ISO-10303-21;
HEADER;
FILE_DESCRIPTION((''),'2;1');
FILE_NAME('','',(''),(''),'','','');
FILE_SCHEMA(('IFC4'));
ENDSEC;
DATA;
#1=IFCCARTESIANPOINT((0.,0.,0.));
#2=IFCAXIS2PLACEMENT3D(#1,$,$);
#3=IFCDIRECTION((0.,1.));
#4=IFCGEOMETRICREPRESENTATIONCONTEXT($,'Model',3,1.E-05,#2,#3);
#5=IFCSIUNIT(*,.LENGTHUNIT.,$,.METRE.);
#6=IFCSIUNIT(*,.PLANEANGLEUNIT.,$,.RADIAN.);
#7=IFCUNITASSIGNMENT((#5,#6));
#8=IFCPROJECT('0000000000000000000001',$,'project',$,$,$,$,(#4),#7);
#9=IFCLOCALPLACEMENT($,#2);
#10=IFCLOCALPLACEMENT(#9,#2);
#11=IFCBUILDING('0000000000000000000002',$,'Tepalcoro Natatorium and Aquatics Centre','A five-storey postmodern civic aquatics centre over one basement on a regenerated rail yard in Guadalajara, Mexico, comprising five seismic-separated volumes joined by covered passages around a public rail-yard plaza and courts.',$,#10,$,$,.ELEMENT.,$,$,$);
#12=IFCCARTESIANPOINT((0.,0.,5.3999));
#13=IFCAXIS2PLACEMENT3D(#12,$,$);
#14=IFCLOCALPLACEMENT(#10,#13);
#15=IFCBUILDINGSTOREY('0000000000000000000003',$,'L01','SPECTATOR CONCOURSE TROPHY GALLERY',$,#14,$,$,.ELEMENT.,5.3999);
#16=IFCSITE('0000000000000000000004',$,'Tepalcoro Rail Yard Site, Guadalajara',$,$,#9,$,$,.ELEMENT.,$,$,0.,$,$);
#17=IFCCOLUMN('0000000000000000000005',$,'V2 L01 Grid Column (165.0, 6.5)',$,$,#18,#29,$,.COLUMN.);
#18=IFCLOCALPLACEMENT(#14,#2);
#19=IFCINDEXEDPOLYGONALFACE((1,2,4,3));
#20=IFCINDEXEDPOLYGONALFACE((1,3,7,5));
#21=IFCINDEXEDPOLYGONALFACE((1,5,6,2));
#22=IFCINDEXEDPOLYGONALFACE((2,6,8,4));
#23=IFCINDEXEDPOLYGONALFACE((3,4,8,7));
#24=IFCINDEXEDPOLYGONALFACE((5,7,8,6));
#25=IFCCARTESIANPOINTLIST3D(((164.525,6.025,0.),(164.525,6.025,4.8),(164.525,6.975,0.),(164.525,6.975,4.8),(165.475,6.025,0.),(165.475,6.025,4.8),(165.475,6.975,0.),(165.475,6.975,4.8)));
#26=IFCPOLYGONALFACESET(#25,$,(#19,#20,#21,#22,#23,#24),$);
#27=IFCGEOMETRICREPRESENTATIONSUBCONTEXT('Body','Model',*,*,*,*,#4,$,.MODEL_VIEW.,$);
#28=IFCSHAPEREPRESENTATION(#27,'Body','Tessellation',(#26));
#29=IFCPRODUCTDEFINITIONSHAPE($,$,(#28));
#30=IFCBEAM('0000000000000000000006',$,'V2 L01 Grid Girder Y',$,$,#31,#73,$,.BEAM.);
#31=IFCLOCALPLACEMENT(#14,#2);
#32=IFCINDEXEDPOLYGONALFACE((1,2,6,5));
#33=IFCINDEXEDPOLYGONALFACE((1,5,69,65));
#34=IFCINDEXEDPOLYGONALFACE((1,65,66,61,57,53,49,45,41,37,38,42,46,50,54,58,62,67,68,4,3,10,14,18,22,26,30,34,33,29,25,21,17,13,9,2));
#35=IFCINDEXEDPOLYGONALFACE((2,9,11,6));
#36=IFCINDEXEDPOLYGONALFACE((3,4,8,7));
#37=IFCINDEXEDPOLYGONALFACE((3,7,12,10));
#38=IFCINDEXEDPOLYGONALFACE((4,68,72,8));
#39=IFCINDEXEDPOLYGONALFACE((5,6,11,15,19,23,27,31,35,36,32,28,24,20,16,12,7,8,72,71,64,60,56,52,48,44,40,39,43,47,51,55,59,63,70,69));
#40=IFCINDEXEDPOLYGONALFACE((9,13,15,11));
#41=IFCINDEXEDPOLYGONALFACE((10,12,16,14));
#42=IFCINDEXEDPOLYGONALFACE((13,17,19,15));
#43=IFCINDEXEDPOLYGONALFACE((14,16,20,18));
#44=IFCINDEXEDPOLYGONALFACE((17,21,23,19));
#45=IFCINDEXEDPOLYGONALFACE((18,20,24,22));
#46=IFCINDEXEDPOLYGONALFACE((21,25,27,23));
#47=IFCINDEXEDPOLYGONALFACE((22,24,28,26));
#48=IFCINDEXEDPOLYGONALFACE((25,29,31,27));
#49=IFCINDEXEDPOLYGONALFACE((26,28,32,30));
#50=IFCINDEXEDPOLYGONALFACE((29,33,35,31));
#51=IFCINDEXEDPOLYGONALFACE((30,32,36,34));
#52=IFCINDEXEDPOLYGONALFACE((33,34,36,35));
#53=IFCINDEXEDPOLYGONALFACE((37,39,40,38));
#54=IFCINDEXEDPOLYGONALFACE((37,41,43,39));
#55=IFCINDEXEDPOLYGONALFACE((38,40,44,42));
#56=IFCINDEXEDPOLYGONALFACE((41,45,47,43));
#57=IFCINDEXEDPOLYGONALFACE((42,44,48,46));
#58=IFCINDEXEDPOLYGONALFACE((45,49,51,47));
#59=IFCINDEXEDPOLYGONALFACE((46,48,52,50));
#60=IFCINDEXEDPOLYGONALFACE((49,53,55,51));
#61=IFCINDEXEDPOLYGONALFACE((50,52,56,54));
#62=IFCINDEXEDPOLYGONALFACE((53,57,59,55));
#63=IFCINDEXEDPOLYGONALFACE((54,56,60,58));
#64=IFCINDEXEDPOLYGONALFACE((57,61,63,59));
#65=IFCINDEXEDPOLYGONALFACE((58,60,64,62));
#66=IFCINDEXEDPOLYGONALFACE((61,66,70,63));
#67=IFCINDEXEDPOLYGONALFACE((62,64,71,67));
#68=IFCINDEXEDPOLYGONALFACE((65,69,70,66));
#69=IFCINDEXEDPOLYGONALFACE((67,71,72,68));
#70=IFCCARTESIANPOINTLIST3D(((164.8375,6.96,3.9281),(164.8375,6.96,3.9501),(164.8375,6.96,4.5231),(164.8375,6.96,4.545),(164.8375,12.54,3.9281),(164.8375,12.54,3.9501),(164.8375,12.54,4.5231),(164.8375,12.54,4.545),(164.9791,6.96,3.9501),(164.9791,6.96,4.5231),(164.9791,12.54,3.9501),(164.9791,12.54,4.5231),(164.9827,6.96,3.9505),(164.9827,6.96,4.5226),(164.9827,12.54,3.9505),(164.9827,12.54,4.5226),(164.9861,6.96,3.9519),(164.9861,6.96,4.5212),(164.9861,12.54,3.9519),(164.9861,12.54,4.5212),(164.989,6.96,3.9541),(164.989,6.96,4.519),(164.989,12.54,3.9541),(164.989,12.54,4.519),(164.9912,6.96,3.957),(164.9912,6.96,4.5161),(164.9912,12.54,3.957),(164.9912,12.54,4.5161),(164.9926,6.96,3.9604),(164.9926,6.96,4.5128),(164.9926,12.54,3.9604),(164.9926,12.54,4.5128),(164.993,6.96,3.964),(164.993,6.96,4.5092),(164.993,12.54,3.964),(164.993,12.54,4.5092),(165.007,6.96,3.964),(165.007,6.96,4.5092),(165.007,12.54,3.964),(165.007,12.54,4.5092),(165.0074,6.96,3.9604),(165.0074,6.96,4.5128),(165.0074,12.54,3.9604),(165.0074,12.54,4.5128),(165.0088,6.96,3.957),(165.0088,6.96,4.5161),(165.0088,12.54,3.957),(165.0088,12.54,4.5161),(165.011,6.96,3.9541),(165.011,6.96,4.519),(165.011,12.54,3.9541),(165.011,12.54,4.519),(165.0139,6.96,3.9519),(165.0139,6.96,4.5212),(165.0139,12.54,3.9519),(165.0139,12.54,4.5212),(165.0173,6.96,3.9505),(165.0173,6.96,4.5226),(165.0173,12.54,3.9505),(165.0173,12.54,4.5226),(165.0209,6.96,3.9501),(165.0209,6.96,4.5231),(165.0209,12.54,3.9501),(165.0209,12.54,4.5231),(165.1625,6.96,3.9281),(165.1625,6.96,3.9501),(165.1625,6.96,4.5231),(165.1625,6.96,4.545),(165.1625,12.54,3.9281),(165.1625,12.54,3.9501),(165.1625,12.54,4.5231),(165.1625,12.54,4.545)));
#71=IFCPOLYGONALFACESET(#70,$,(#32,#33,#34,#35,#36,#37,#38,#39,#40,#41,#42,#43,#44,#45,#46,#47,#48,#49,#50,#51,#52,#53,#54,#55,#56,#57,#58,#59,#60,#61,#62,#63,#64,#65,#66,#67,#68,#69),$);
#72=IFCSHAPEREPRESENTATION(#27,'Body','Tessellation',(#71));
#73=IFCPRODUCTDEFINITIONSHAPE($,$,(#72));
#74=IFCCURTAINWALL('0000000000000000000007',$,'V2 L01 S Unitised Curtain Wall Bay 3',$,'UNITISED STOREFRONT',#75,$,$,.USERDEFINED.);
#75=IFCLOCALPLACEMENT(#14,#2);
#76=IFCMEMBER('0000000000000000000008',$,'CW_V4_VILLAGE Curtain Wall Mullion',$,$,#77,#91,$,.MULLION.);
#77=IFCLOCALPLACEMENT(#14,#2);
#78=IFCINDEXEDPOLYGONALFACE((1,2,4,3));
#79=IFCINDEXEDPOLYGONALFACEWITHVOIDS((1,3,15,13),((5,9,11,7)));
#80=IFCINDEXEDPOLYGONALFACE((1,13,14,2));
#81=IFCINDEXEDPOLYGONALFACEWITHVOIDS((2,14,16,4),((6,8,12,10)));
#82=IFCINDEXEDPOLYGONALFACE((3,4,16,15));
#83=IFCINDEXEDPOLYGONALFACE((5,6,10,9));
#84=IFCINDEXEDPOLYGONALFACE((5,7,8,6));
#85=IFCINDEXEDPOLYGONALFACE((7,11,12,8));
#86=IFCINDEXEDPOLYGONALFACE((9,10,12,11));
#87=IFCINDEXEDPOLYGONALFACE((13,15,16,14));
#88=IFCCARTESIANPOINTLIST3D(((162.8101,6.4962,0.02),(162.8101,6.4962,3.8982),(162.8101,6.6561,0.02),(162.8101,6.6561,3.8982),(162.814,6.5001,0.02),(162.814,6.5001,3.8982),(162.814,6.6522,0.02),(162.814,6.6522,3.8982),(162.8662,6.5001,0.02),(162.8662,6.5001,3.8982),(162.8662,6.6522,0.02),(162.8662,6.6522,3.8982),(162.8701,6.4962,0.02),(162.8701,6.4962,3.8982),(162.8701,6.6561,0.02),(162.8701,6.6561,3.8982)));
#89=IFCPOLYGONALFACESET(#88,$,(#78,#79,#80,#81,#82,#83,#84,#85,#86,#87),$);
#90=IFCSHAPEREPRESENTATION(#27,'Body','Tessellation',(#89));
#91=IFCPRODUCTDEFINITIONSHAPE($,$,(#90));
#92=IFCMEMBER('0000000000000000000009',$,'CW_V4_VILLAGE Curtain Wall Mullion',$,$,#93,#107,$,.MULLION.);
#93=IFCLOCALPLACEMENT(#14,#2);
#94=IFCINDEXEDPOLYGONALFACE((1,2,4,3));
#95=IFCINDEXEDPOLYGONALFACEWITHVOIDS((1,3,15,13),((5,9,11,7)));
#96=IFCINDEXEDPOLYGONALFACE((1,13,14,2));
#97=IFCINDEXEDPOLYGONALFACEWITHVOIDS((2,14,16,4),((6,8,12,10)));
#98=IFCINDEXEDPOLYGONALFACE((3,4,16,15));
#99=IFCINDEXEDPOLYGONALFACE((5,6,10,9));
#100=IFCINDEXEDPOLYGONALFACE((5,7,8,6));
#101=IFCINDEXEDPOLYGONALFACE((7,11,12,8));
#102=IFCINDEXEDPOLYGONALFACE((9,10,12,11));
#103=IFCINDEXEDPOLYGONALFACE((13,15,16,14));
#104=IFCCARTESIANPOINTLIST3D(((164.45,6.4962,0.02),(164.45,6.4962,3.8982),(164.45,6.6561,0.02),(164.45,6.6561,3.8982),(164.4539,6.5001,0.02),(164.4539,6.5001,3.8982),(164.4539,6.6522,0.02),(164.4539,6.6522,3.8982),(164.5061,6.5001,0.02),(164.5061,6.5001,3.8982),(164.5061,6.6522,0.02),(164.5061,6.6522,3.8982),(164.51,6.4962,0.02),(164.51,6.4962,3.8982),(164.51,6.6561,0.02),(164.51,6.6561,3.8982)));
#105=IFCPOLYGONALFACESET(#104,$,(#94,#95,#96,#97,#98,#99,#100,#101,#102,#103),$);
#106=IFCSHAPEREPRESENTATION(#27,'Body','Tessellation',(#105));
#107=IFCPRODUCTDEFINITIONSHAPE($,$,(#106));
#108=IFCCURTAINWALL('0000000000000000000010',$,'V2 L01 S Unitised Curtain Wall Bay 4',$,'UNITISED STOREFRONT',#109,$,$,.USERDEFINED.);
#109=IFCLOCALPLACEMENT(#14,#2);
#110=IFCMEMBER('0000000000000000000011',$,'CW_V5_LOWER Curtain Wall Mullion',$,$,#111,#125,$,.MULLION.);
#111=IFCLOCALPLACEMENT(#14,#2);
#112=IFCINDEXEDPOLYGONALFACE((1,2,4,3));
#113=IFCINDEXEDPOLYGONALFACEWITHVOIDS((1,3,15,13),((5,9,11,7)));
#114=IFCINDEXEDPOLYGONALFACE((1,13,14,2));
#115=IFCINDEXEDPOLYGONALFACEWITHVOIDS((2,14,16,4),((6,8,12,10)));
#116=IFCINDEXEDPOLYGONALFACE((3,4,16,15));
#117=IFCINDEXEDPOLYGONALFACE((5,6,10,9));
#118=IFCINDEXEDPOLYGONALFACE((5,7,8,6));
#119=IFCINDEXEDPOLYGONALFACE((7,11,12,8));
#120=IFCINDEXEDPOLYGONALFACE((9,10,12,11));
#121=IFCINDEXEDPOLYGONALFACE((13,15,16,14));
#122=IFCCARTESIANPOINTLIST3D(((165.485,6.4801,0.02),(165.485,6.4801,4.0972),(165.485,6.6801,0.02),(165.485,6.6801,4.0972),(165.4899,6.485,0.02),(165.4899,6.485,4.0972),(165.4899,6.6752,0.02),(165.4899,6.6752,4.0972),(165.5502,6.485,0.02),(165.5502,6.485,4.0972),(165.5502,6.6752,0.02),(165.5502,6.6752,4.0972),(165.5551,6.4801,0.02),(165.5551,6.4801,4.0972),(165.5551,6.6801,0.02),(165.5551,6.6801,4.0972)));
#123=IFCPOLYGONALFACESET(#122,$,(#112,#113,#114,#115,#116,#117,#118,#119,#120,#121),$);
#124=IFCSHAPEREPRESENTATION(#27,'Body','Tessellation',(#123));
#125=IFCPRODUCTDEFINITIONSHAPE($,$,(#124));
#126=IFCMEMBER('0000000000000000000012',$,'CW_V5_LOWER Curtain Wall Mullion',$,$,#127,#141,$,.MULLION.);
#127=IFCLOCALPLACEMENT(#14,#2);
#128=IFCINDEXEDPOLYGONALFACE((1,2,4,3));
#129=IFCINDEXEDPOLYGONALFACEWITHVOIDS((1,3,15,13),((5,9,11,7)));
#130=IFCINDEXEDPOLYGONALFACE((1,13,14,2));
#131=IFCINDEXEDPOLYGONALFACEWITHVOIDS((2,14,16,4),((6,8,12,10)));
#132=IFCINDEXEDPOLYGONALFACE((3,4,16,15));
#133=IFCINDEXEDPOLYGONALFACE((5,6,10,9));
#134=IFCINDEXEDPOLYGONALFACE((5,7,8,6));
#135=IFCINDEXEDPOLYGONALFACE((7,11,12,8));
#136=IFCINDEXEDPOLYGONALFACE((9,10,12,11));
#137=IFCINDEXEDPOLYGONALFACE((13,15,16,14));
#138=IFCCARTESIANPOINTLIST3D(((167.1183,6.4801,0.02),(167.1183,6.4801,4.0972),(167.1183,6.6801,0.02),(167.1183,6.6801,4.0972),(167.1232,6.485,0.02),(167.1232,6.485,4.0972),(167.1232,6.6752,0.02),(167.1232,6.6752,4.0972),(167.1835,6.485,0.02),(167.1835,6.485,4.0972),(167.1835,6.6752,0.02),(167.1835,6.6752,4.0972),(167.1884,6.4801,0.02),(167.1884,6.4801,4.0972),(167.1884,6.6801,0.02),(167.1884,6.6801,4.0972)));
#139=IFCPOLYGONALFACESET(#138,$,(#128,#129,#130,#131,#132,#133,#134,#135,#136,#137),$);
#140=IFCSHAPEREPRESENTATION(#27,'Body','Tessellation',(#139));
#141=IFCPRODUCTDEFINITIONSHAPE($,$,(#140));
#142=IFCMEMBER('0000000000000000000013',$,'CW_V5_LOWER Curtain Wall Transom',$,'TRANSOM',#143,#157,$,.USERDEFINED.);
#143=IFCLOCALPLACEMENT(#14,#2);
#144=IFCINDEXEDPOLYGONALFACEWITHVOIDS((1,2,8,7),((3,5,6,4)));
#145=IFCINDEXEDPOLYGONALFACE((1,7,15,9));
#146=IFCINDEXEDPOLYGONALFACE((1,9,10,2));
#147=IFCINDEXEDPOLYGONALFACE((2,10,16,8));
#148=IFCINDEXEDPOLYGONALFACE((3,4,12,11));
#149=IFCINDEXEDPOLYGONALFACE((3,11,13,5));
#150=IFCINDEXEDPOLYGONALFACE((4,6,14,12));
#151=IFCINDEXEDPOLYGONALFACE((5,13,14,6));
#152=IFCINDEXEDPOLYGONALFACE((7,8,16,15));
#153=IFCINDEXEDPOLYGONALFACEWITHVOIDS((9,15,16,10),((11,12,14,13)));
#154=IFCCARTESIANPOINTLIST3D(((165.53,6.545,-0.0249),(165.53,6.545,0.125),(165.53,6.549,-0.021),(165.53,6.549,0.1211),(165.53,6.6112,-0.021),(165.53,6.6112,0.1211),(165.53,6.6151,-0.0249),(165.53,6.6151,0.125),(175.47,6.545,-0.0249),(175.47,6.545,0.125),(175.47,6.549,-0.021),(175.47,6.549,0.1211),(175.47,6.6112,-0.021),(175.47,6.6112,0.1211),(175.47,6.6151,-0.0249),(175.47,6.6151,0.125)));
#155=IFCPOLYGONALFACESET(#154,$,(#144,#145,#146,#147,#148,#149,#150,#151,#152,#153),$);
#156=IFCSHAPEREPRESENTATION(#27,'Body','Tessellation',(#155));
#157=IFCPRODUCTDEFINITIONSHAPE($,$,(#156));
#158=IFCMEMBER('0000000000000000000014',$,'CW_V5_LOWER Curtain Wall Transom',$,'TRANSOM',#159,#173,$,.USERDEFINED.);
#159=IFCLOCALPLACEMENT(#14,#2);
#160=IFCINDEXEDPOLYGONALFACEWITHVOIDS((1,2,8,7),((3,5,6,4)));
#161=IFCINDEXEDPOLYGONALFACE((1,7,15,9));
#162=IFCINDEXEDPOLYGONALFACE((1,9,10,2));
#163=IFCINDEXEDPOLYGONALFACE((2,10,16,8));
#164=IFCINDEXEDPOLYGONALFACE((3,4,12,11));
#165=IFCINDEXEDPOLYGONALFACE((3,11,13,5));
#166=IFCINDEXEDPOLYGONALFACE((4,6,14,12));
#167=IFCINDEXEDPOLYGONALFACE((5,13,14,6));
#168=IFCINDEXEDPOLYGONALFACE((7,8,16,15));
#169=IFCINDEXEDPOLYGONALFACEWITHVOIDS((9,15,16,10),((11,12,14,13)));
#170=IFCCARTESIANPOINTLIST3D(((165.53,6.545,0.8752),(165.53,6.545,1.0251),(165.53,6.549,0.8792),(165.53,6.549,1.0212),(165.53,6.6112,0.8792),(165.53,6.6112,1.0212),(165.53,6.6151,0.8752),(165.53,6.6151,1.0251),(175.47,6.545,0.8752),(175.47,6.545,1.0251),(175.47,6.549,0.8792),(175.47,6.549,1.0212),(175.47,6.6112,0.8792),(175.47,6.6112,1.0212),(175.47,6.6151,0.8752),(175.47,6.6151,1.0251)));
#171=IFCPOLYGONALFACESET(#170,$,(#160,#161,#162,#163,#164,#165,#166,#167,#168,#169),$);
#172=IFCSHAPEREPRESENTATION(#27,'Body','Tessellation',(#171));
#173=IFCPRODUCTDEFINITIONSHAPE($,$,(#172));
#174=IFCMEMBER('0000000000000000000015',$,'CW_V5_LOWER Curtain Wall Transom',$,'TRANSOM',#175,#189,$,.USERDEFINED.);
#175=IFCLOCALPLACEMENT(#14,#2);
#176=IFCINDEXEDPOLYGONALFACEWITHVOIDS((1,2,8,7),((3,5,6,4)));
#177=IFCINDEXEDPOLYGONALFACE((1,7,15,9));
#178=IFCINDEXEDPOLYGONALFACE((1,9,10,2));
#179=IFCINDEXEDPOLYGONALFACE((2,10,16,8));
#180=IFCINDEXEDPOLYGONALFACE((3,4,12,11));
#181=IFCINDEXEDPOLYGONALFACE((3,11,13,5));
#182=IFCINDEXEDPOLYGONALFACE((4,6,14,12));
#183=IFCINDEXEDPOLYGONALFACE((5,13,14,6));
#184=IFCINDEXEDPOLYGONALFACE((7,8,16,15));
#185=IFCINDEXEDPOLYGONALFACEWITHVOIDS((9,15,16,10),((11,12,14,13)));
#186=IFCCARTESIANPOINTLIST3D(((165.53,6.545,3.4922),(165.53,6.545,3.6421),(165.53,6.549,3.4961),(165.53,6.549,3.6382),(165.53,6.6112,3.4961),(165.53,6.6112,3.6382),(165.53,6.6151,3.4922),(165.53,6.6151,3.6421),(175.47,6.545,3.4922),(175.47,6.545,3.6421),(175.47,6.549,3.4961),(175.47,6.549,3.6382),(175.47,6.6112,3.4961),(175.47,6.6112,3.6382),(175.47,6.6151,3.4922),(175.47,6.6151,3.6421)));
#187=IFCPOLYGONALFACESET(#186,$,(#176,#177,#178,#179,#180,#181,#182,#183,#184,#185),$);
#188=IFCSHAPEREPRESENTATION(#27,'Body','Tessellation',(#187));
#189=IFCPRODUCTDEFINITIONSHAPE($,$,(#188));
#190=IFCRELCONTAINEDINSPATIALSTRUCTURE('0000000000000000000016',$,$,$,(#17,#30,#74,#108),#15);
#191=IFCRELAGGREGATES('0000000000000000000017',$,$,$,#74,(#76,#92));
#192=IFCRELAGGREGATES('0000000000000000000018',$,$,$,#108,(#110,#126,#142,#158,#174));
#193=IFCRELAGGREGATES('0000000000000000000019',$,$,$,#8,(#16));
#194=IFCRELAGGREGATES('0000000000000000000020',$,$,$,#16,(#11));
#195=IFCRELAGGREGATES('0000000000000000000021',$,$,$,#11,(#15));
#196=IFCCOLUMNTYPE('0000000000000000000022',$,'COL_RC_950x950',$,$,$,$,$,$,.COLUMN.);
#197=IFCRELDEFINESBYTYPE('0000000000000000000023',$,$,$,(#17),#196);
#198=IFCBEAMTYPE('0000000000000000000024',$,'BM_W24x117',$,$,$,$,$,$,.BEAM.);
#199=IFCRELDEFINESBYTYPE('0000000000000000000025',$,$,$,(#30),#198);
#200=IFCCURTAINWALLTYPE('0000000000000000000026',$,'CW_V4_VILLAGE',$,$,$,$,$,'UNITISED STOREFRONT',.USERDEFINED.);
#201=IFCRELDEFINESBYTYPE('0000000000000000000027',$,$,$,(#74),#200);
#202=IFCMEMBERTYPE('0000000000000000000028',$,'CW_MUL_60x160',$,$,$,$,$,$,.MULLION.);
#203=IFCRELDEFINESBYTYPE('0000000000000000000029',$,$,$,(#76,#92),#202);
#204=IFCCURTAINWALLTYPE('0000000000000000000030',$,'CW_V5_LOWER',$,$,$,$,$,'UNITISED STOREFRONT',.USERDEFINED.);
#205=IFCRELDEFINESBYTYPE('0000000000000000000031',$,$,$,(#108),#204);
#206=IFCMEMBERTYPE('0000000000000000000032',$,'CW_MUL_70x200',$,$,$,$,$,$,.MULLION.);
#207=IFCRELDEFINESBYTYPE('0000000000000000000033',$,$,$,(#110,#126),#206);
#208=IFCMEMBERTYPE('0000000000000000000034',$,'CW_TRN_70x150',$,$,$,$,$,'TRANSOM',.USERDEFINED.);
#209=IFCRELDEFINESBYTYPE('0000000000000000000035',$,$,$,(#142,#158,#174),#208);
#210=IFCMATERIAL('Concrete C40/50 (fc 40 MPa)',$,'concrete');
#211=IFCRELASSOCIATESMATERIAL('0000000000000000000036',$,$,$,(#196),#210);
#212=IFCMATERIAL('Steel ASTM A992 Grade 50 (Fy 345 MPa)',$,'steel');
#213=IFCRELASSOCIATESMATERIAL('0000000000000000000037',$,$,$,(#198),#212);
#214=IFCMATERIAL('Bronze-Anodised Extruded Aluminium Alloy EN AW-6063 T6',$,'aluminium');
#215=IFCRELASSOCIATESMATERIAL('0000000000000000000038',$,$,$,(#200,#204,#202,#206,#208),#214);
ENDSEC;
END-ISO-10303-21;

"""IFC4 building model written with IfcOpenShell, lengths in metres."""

from ifc_helpers import new_model, si_unit, direction, frame, origin, origin_2d, place, context, subcontext, project, spatial, rectangle, hollow_rectangle, i_section, extrude, material, material_profile, profile_set, type_object, element, aggregate, save


model = new_model("IFC4")

# Units and contexts
model_context = context("Model", 3, precision=1e-05, world=origin(), true_north=direction((0.0, 1.0)))
body_context = subcontext(model_context, "Body", "Model", "MODEL_VIEW")
ifc_project = project(units=[si_unit("LENGTHUNIT", "METRE"), si_unit("PLANEANGLEUNIT", "RADIAN")], contexts=[model_context])

# Site, building, storey
site_placement = place(None, origin())
site = spatial("IfcSite", under=ifc_project, at=site_placement, Name="Tepalcoro Rail Yard Site, Guadalajara", CompositionType="ELEMENT", RefElevation=0.0)
building_placement = place(site_placement, origin())
building = spatial("IfcBuilding", under=site, at=building_placement, Name="Tepalcoro Natatorium and Aquatics Centre", Description="A five-storey postmodern civic aquatics centre over one basement on a regenerated rail yard in Guadalajara, Mexico, comprising five seismic-separated volumes joined by covered passages around a public rail-yard plaza and courts.", CompositionType="ELEMENT")
storey_placement = place(building_placement, frame((0.0, 0.0, 5.3999)))
storey = spatial("IfcBuildingStorey", under=building, at=storey_placement, Name="L01", Description="SPECTATOR CONCOURSE TROPHY GALLERY", CompositionType="ELEMENT", Elevation=5.3999)

# Column
ifc_material_1 = material(Name="Concrete C40/50 (fc 40 MPa)", Category="concrete")
ifc_material_profile_1 = material_profile(ifc_material_1, rectangle(XDim=0.95, YDim=0.95, at=origin_2d()), Name="RC950x950")
ifc_profile_set_1 = profile_set([ifc_material_profile_1], Name="Concrete C40/50 (fc 40 MPa)")
column_type = type_object("IfcColumnType", Name="COL_RC_950x950", PredefinedType="COLUMN", material=ifc_profile_set_1)
column_placement = place(storey_placement, frame((165.0, 6.5, 0.0), z_axis=(0.0, 0.0, 1.0), x_axis=(1.0, 0.0, 0.0)))
element("IfcColumn", 1, at=column_placement, inside=storey, type_object=column_type, Name="V2 L01 Grid Column (165.0, 6.5)", PredefinedType="COLUMN", context=body_context, shape_type="SweptSolid", body=[
    extrude(rectangle(XDim=0.95, YDim=0.95, at=origin_2d()), origin(), (0.0, 0.0, 1.0), 4.8),
])

# Beam
ifc_material_2 = material(Name="Steel ASTM A992 Grade 50 (Fy 345 MPa)", Category="steel")
ifc_material_profile_2 = material_profile(ifc_material_2, i_section(OverallWidth=0.325, OverallDepth=0.6169, WebThickness=0.0139, FlangeThickness=0.022, FilletRadius=0.0139, at=origin_2d()), Name="W24X117")
ifc_profile_set_2 = profile_set([ifc_material_profile_2], Name="Steel ASTM A992 Grade 50 (Fy 345 MPa)")
beam_type_1 = type_object("IfcBeamType", Name="BM_W24x117", PredefinedType="BEAM", material=ifc_profile_set_2)
beam_1_placement = place(storey_placement, frame((165.0, 6.96, 4.2366), z_axis=(0.0, 1.0, 0.0), x_axis=(-1.0, 0.0, 0.0)))
element("IfcBeam", 2, at=beam_1_placement, inside=storey, type_object=beam_type_1, Name="V2 L01 Grid Girder Y", PredefinedType="BEAM", context=body_context, shape_type="SweptSolid", body=[
    extrude(i_section(OverallWidth=0.325, OverallDepth=0.6169, WebThickness=0.0139, FlangeThickness=0.022, FilletRadius=0.0139, at=origin_2d()), origin(), (0.0, 0.0, 1.0), 5.5801),
])

# Curtain walls, members
ifc_material_3 = material(Name="Bronze-Anodised Extruded Aluminium Alloy EN AW-6063 T6", Category="aluminium")
curtain_wall_type_1 = type_object("IfcCurtainWallType", Name="CW_V4_VILLAGE", ElementType="UNITISED STOREFRONT", PredefinedType="USERDEFINED", material=ifc_material_3)
curtain_wall_1_placement = place(storey_placement, origin())
curtain_wall_1 = element("IfcCurtainWall", 3, at=curtain_wall_1_placement, inside=storey, type_object=curtain_wall_type_1, Name="V2 L01 S Unitised Curtain Wall Bay 3", ObjectType="UNITISED STOREFRONT", PredefinedType="USERDEFINED")
ifc_material_profile_3 = material_profile(ifc_material_3, hollow_rectangle(XDim=0.0601, YDim=0.1599, WallThickness=0.0039, at=origin_2d()), Name="AL60X160X4")
ifc_profile_set_3 = profile_set([ifc_material_profile_3], Name="Bronze-Anodised Extruded Aluminium Alloy EN AW-6063 T6")
member_type_1 = type_object("IfcMemberType", Name="CW_MUL_60x160", PredefinedType="MULLION", material=ifc_profile_set_3)
member_1_placement = place(storey_placement, frame((162.8401, 6.5762, 0.02), z_axis=(0.0, 0.0, 1.0), x_axis=(1.0, 0.0, 0.0)))
member_1 = element("IfcMember", 4, at=member_1_placement, type_object=member_type_1, Name="CW_V4_VILLAGE Curtain Wall Mullion", PredefinedType="MULLION", context=body_context, shape_type="SweptSolid", body=[
    extrude(hollow_rectangle(XDim=0.0601, YDim=0.1599, WallThickness=0.0039, at=origin_2d()), origin(), (0.0, 0.0, 1.0), 3.8782),
])
member_2_placement = place(storey_placement, frame((164.48, 6.5762, 0.02), z_axis=(0.0, 0.0, 1.0), x_axis=(1.0, 0.0, 0.0)))
member_2 = element("IfcMember", 5, at=member_2_placement, type_object=member_type_1, Name="CW_V4_VILLAGE Curtain Wall Mullion", PredefinedType="MULLION", context=body_context, shape_type="SweptSolid", body=[
    extrude(hollow_rectangle(XDim=0.0601, YDim=0.1599, WallThickness=0.0039, at=origin_2d()), origin(), (0.0, 0.0, 1.0), 3.8782),
])
curtain_wall_type_2 = type_object("IfcCurtainWallType", Name="CW_V5_LOWER", ElementType="UNITISED STOREFRONT", PredefinedType="USERDEFINED", material=ifc_material_3)
curtain_wall_2_placement = place(storey_placement, origin())
curtain_wall_2 = element("IfcCurtainWall", 6, at=curtain_wall_2_placement, inside=storey, type_object=curtain_wall_type_2, Name="V2 L01 S Unitised Curtain Wall Bay 4", ObjectType="UNITISED STOREFRONT", PredefinedType="USERDEFINED")
ifc_material_profile_4 = material_profile(ifc_material_3, hollow_rectangle(XDim=0.0701, YDim=0.2, WallThickness=0.0049, at=origin_2d()), Name="AL70X200X5")
ifc_profile_set_4 = profile_set([ifc_material_profile_4], Name="Bronze-Anodised Extruded Aluminium Alloy EN AW-6063 T6")
member_type_2 = type_object("IfcMemberType", Name="CW_MUL_70x200", PredefinedType="MULLION", material=ifc_profile_set_4)
member_3_placement = place(storey_placement, frame((165.52, 6.5801, 0.02), z_axis=(0.0, 0.0, 1.0), x_axis=(1.0, 0.0, 0.0)))
member_3 = element("IfcMember", 7, at=member_3_placement, type_object=member_type_2, Name="CW_V5_LOWER Curtain Wall Mullion", PredefinedType="MULLION", context=body_context, shape_type="SweptSolid", body=[
    extrude(hollow_rectangle(XDim=0.0701, YDim=0.2, WallThickness=0.0049, at=origin_2d()), origin(), (0.0, 0.0, 1.0), 4.0771),
])
member_4_placement = place(storey_placement, frame((167.1533, 6.5801, 0.02), z_axis=(0.0, 0.0, 1.0), x_axis=(1.0, 0.0, 0.0)))
member_4 = element("IfcMember", 8, at=member_4_placement, type_object=member_type_2, Name="CW_V5_LOWER Curtain Wall Mullion", PredefinedType="MULLION", context=body_context, shape_type="SweptSolid", body=[
    extrude(hollow_rectangle(XDim=0.0701, YDim=0.2, WallThickness=0.0049, at=origin_2d()), origin(), (0.0, 0.0, 1.0), 4.0771),
])
ifc_material_profile_5 = material_profile(ifc_material_3, hollow_rectangle(XDim=0.0701, YDim=0.1499, WallThickness=0.0039, at=origin_2d()), Name="AL70X150X4")
ifc_profile_set_5 = profile_set([ifc_material_profile_5], Name="Bronze-Anodised Extruded Aluminium Alloy EN AW-6063 T6")
member_type_3 = type_object("IfcMemberType", Name="CW_TRN_70x150", ElementType="TRANSOM", PredefinedType="USERDEFINED", material=ifc_profile_set_5)
member_5_placement = place(storey_placement, frame((165.53, 6.5801, 0.05), z_axis=(1.0, 0.0, 0.0), x_axis=(0.0, 1.0, 0.0)))
member_5 = element("IfcMember", 9, at=member_5_placement, type_object=member_type_3, Name="CW_V5_LOWER Curtain Wall Transom", ObjectType="TRANSOM", PredefinedType="USERDEFINED", context=body_context, shape_type="SweptSolid", body=[
    extrude(hollow_rectangle(XDim=0.0701, YDim=0.1499, WallThickness=0.0039, at=origin_2d()), origin(), (0.0, 0.0, 1.0), 9.9399),
])
member_6_placement = place(storey_placement, frame((165.53, 6.5801, 0.9502), z_axis=(1.0, 0.0, 0.0), x_axis=(0.0, 1.0, 0.0)))
member_6 = element("IfcMember", 10, at=member_6_placement, type_object=member_type_3, Name="CW_V5_LOWER Curtain Wall Transom", ObjectType="TRANSOM", PredefinedType="USERDEFINED", context=body_context, shape_type="SweptSolid", body=[
    extrude(hollow_rectangle(XDim=0.0701, YDim=0.1499, WallThickness=0.0039, at=origin_2d()), origin(), (0.0, 0.0, 1.0), 9.9399),
])
member_7_placement = place(storey_placement, frame((165.53, 6.5801, 3.5671), z_axis=(1.0, 0.0, 0.0), x_axis=(0.0, 1.0, 0.0)))
member_7 = element("IfcMember", 11, at=member_7_placement, type_object=member_type_3, Name="CW_V5_LOWER Curtain Wall Transom", ObjectType="TRANSOM", PredefinedType="USERDEFINED", context=body_context, shape_type="SweptSolid", body=[
    extrude(hollow_rectangle(XDim=0.0701, YDim=0.1499, WallThickness=0.0039, at=origin_2d()), origin(), (0.0, 0.0, 1.0), 9.9399),
])

aggregate(curtain_wall_1, [member_1, member_2])
aggregate(curtain_wall_2, [member_3, member_4, member_5, member_6, member_7])

save(model, "model.ifc")
